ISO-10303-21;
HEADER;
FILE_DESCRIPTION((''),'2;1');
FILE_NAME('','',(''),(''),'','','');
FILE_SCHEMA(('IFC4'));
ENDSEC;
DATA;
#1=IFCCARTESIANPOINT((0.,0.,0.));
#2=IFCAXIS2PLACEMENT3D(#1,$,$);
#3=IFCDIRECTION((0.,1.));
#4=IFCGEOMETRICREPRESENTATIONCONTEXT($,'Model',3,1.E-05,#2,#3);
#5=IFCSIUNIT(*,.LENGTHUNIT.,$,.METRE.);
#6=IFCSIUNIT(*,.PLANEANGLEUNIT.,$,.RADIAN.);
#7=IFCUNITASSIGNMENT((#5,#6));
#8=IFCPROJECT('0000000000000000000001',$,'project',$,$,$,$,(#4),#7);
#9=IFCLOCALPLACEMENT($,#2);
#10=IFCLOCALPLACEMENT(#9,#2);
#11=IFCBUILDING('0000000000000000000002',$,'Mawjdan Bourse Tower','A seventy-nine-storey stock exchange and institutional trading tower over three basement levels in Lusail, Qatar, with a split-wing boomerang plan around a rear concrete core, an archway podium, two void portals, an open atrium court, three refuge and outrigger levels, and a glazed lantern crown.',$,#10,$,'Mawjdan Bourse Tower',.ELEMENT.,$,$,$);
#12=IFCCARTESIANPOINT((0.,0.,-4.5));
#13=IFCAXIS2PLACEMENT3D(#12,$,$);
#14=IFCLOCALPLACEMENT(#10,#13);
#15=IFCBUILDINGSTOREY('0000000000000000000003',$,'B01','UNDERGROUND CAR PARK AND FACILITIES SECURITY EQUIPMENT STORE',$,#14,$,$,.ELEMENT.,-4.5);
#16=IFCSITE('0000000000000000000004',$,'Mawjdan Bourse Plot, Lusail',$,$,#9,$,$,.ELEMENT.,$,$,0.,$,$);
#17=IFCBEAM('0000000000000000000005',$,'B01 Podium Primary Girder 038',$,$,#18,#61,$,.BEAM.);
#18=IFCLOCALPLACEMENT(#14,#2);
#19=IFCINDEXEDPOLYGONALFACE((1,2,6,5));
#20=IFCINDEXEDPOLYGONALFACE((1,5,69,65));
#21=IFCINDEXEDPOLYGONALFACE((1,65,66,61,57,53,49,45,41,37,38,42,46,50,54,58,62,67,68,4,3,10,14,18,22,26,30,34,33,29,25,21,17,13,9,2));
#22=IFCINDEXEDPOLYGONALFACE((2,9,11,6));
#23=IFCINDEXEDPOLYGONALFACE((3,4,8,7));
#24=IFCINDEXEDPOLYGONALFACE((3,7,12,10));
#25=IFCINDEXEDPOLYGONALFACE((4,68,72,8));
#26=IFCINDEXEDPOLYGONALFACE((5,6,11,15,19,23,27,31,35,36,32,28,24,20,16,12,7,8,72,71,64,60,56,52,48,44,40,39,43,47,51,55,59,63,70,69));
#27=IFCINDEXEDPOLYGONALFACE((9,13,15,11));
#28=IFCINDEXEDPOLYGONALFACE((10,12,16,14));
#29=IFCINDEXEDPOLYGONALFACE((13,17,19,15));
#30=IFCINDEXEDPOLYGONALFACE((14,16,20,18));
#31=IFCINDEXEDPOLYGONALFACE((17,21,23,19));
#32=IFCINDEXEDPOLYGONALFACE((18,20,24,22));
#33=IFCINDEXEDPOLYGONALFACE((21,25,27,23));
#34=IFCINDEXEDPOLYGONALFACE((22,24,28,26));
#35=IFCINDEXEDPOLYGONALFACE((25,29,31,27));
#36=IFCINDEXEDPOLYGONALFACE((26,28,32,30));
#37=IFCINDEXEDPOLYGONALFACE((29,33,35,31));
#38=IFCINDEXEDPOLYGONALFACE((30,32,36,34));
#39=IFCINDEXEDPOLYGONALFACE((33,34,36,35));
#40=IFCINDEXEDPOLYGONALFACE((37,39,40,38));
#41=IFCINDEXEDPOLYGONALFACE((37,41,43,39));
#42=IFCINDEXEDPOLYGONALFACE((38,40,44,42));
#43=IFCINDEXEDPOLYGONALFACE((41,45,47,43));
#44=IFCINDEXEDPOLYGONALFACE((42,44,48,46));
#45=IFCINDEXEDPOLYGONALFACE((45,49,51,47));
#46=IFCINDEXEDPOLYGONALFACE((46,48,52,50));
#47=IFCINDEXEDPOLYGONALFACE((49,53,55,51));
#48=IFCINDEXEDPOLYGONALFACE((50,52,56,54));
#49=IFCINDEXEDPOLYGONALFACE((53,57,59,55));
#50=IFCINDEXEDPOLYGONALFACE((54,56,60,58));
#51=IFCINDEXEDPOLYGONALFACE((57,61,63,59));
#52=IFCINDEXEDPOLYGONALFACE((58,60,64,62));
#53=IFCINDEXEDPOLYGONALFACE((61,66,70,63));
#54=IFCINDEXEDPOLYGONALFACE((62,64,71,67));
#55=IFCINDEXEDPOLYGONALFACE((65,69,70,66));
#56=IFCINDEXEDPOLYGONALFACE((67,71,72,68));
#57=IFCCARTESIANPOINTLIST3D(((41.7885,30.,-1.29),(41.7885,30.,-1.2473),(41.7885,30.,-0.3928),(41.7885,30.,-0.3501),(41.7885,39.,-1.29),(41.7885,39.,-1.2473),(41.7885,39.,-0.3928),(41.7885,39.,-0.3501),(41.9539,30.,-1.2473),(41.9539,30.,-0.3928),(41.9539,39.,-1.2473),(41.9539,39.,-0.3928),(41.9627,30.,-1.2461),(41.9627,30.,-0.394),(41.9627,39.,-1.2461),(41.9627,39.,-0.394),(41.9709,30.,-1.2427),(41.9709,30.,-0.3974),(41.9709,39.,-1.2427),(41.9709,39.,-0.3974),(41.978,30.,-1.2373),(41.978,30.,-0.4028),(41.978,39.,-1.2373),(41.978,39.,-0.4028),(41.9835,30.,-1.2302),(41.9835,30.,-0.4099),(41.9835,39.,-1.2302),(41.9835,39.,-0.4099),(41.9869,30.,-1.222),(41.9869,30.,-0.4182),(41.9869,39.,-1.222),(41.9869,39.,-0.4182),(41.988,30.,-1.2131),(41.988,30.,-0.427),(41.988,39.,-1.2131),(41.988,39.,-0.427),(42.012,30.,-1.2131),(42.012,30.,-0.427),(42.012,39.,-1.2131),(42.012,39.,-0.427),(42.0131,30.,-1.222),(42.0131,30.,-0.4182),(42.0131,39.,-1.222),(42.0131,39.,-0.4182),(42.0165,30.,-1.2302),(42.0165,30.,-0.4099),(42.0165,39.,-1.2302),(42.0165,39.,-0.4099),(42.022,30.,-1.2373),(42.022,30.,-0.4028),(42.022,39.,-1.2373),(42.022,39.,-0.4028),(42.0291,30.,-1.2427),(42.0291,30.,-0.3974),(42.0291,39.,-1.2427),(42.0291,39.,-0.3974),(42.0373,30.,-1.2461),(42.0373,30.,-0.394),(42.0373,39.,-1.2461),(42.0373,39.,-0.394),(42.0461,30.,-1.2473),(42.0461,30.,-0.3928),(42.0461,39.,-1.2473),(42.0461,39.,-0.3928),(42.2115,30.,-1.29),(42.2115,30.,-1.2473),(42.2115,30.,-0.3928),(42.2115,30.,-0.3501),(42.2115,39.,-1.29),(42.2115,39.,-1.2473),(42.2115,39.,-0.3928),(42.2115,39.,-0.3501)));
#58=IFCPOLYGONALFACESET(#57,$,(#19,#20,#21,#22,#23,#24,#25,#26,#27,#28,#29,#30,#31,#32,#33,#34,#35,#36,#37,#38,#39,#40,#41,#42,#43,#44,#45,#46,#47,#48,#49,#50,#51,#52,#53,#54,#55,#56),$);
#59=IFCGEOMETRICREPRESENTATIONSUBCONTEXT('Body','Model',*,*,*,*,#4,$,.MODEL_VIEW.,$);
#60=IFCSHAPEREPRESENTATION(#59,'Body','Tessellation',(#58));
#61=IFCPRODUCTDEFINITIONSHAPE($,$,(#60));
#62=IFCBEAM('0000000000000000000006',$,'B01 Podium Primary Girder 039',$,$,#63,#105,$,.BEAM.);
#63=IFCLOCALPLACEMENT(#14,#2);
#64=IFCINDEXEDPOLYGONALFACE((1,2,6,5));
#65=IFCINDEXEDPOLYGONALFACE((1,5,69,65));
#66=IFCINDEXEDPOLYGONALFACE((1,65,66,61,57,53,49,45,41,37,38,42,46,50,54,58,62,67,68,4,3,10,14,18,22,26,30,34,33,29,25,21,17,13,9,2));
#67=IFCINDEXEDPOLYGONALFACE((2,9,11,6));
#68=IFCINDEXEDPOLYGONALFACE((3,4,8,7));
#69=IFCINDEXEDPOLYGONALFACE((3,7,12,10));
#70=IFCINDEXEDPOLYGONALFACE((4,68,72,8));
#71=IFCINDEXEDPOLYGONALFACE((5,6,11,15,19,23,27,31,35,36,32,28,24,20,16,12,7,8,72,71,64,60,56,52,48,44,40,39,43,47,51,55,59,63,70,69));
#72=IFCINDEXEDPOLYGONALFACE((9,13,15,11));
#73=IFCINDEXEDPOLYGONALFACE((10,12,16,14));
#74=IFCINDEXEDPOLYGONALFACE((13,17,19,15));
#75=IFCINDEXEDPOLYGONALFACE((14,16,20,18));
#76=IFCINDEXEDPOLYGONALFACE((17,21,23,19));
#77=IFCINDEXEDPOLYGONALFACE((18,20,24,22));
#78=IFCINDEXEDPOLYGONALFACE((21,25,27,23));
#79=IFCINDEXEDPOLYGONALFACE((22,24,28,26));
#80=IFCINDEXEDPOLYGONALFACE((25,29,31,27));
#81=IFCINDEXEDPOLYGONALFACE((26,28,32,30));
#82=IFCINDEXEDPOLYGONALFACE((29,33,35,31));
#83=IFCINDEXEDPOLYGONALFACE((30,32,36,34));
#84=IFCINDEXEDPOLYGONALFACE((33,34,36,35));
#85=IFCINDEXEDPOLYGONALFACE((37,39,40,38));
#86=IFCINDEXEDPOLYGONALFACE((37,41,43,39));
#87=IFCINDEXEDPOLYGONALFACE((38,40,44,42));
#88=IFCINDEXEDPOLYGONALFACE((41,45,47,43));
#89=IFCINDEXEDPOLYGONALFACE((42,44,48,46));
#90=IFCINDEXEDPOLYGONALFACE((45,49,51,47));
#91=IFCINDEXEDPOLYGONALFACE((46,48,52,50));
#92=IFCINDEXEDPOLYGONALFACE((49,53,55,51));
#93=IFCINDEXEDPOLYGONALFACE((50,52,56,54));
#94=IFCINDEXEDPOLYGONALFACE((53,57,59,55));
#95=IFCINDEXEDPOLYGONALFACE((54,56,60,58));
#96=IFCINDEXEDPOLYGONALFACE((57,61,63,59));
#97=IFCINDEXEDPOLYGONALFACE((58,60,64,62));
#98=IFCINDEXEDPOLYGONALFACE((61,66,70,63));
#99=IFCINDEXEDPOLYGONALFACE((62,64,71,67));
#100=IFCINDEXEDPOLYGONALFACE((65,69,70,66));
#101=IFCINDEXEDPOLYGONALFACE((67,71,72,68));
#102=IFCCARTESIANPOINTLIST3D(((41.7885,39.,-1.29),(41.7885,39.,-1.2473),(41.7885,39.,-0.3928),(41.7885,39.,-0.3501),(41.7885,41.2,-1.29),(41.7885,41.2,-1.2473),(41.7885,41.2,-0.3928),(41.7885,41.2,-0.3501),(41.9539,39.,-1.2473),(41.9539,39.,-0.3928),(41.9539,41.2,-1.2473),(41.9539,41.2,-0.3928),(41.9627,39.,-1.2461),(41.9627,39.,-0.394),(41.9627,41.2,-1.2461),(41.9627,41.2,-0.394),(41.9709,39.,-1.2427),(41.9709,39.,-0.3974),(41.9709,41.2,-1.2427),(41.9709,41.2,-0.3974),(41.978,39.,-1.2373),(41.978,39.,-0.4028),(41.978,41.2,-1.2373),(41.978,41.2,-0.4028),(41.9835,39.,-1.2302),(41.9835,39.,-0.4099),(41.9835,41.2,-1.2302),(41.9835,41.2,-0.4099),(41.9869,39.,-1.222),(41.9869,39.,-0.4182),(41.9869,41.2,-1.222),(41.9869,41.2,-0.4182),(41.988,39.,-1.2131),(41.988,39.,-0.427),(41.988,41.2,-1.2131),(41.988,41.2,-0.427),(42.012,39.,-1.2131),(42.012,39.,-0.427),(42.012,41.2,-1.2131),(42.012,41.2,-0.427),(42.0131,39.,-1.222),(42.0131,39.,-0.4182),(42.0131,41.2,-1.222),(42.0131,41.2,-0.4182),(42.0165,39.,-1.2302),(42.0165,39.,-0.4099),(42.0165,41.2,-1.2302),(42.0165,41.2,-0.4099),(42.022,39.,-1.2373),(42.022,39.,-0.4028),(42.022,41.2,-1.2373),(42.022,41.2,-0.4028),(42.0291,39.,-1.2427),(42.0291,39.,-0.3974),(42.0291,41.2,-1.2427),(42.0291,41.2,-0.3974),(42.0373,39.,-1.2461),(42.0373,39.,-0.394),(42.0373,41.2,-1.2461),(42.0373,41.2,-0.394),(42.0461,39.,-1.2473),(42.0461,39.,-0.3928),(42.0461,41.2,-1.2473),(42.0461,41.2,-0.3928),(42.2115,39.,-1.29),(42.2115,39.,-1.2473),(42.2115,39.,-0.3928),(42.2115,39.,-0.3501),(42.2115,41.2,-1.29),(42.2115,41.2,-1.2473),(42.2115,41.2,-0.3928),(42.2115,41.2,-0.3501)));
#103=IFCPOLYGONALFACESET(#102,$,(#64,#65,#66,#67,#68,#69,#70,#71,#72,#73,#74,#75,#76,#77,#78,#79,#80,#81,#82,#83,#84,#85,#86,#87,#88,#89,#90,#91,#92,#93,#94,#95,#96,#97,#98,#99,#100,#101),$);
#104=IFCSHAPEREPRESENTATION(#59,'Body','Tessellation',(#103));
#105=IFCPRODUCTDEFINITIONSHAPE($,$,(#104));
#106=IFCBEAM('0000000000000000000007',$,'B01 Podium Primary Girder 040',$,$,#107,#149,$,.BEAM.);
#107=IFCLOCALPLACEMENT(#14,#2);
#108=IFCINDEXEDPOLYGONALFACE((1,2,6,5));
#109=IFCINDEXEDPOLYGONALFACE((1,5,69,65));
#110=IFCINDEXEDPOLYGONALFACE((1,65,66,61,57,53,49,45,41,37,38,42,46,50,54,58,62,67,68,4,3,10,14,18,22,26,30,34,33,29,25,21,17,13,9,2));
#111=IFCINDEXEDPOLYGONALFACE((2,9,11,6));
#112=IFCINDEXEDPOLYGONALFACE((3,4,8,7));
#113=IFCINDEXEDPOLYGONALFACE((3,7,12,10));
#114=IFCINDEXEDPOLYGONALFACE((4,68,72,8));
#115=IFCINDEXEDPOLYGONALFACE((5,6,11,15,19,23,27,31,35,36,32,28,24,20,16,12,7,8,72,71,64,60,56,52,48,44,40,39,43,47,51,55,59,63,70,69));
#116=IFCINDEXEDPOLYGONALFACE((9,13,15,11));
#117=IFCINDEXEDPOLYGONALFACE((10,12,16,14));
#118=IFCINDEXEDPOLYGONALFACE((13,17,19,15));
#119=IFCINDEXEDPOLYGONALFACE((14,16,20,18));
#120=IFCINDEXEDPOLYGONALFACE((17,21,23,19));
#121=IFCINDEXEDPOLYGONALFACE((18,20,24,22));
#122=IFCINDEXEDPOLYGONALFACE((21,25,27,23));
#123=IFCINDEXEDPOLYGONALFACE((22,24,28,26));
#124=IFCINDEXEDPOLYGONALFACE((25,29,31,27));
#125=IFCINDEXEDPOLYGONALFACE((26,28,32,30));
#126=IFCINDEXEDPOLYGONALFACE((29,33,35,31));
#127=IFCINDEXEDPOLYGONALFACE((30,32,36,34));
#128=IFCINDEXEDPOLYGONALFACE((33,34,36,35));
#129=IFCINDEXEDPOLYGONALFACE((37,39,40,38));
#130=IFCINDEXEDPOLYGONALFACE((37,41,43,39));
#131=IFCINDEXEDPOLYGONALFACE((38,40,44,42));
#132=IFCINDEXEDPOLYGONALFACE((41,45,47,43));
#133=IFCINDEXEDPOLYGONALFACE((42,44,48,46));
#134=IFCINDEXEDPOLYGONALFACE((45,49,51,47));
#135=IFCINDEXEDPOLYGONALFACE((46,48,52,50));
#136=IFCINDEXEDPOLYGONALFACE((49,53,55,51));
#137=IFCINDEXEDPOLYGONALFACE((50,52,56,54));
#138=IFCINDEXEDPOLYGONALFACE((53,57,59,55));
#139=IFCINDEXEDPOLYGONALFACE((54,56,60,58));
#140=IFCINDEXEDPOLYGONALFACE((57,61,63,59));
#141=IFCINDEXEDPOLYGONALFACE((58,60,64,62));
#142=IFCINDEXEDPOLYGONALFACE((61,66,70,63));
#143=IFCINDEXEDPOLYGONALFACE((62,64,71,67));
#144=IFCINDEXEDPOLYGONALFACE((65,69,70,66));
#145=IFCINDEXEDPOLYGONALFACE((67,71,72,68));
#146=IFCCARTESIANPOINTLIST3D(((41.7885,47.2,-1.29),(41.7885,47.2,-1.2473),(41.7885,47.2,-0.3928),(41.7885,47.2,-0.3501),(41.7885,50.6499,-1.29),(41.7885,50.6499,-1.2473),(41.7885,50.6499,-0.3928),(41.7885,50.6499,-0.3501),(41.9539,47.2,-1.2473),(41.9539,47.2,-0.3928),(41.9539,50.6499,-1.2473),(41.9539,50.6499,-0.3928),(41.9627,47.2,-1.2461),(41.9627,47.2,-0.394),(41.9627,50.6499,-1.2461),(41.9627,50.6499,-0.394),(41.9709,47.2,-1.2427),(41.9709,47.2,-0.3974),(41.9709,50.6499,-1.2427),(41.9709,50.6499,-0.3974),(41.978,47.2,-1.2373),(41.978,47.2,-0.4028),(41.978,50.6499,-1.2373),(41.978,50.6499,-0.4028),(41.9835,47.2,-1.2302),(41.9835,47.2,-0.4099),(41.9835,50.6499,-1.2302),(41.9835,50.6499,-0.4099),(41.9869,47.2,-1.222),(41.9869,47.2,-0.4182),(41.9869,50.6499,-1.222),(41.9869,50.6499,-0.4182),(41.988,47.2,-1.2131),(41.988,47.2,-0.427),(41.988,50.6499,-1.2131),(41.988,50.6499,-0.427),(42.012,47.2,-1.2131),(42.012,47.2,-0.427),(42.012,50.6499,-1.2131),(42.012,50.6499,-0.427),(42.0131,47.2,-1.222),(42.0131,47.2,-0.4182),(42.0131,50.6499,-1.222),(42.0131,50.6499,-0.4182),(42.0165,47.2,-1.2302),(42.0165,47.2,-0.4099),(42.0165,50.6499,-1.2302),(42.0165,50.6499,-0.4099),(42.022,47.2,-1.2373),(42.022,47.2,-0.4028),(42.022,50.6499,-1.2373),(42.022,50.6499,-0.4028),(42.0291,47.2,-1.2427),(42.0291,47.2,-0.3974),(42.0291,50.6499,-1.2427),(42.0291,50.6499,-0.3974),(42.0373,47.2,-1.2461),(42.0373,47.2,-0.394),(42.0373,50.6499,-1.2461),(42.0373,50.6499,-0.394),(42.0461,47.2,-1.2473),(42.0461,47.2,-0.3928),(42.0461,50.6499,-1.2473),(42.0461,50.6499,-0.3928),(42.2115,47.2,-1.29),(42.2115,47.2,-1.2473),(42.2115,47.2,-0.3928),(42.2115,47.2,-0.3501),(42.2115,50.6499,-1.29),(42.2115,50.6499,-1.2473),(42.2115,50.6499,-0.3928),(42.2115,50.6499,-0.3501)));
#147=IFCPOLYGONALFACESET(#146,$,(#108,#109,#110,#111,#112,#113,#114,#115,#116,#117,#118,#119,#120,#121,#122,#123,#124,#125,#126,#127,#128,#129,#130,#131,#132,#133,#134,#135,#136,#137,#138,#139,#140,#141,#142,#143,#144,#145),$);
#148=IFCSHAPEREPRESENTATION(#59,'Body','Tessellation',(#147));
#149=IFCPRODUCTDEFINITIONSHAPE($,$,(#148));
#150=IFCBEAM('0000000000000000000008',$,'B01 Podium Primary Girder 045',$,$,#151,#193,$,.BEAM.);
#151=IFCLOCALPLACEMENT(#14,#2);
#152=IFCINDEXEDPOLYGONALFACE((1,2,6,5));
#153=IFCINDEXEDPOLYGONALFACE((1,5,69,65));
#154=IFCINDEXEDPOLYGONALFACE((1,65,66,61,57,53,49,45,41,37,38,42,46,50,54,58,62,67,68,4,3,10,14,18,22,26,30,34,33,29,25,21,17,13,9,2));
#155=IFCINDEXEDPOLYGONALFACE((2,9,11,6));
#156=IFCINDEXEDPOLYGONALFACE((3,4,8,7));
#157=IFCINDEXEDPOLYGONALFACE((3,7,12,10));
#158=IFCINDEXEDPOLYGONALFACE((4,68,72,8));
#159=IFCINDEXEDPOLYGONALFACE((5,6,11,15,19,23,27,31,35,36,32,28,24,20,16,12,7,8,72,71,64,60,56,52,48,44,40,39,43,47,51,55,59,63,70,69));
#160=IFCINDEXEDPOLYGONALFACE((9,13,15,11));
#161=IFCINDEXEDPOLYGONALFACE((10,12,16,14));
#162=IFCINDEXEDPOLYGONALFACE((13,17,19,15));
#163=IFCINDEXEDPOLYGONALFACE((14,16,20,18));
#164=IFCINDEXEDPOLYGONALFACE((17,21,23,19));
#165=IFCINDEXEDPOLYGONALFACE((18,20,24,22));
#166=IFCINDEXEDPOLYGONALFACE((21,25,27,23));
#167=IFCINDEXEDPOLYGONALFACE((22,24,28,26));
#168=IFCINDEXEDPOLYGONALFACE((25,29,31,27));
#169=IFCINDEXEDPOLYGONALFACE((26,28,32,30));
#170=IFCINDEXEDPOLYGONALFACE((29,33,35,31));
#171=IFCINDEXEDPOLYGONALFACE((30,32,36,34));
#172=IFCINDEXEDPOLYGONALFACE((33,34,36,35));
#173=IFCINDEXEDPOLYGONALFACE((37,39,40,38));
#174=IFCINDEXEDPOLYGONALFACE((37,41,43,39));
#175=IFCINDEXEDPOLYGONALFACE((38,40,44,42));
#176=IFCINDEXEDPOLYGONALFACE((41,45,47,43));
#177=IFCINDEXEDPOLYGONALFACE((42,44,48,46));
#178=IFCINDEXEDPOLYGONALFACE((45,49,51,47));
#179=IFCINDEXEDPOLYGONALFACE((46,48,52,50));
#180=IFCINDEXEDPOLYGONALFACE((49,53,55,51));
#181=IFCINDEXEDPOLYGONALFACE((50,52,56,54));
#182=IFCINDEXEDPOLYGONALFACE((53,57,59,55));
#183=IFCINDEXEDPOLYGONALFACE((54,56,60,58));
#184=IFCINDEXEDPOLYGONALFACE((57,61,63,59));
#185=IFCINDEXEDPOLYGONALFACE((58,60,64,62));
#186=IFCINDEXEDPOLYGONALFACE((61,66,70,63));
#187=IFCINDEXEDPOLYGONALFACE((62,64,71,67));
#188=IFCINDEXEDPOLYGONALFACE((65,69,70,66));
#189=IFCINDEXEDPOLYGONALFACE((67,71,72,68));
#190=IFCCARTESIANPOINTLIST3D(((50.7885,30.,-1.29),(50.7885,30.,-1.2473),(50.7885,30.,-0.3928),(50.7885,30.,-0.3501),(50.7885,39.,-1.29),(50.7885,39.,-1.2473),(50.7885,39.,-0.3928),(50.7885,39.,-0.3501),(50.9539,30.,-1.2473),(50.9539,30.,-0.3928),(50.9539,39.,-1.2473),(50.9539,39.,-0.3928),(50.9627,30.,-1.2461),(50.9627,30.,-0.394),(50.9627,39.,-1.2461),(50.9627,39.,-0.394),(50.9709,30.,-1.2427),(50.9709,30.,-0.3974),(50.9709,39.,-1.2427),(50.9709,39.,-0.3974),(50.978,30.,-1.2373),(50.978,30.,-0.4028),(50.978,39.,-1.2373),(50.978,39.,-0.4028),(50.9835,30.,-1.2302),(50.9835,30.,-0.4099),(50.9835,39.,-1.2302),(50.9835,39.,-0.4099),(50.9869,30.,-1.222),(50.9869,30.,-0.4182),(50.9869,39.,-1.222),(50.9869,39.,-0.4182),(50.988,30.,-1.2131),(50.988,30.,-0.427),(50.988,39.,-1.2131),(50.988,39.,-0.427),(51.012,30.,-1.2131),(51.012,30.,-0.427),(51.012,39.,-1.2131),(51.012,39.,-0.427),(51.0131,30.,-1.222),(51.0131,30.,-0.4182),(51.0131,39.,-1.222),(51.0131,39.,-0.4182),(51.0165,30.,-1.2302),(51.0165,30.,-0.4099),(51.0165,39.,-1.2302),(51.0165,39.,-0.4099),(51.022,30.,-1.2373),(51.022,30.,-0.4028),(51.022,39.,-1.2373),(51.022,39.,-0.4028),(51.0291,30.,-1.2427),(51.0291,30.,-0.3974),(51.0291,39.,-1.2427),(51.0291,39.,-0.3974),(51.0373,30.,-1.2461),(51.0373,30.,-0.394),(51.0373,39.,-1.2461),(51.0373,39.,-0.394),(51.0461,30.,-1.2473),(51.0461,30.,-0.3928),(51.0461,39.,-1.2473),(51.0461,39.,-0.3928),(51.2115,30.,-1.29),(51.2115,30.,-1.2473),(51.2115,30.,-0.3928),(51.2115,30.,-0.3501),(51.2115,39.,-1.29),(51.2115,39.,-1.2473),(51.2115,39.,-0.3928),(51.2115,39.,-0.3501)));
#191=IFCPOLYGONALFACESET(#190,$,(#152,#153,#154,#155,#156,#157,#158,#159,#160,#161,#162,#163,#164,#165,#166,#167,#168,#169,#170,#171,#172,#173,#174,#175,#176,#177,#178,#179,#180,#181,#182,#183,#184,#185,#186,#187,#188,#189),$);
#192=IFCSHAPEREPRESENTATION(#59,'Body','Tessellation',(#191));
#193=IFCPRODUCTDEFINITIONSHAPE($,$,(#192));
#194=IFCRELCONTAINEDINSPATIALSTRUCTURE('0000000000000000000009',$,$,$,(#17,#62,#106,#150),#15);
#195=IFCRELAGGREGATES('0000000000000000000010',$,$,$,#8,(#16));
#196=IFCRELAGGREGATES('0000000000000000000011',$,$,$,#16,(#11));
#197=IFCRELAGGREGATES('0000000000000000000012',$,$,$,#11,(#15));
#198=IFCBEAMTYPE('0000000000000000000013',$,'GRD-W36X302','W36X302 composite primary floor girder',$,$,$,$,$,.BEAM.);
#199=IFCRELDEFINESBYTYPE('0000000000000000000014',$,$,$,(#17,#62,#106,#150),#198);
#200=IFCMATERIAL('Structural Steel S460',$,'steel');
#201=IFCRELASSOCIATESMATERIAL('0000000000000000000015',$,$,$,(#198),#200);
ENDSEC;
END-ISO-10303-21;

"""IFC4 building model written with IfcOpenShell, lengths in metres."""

from ifc_helpers import new_model, si_unit, direction, frame, origin, origin_2d, place, context, subcontext, project, spatial, i_section, extrude, material, material_profile, profile_set, type_object, element, save


model = new_model("IFC4")

# Units and contexts
model_context = context("Model", 3, precision=1e-05, world=origin(), true_north=direction((0.0, 1.0)))
body_context = subcontext(model_context, "Body", "Model", "MODEL_VIEW")
ifc_project = project(units=[si_unit("LENGTHUNIT", "METRE"), si_unit("PLANEANGLEUNIT", "RADIAN")], contexts=[model_context])

# Site, building, storey
site_placement = place(None, origin())
site = spatial("IfcSite", under=ifc_project, at=site_placement, Name="Mawjdan Bourse Plot, Lusail", CompositionType="ELEMENT", RefElevation=0.0)
building_placement = place(site_placement, origin())
building = spatial("IfcBuilding", under=site, at=building_placement, Name="Mawjdan Bourse Tower", Description="A seventy-nine-storey stock exchange and institutional trading tower over three basement levels in Lusail, Qatar, with a split-wing boomerang plan around a rear concrete core, an archway podium, two void portals, an open atrium court, three refuge and outrigger levels, and a glazed lantern crown.", LongName="Mawjdan Bourse Tower", CompositionType="ELEMENT")
storey_placement = place(building_placement, frame((0.0, 0.0, -4.5)))
storey = spatial("IfcBuildingStorey", under=building, at=storey_placement, Name="B01", Description="UNDERGROUND CAR PARK AND FACILITIES SECURITY EQUIPMENT STORE", CompositionType="ELEMENT", Elevation=-4.5)

# Beams
ifc_material_1 = material(Name="Structural Steel S460", Category="steel")
ifc_material_profile_1 = material_profile(ifc_material_1, i_section(OverallWidth=0.4231, OverallDepth=0.9399, WebThickness=0.0239, FlangeThickness=0.0427, FilletRadius=0.0342, at=origin_2d()), Name="W36X302")
ifc_profile_set_1 = profile_set([ifc_material_profile_1], Name="Structural Steel S460")
beam_type_1 = type_object("IfcBeamType", Name="GRD-W36X302", Description="W36X302 composite primary floor girder", PredefinedType="BEAM", material=ifc_profile_set_1)
beam_1_placement = place(storey_placement, frame((42.0, 30.0, -0.8201), z_axis=(0.0, 1.0, 0.0), x_axis=(-1.0, 0.0, 0.0)))
element("IfcBeam", 1, at=beam_1_placement, inside=storey, type_object=beam_type_1, Name="B01 Podium Primary Girder 038", PredefinedType="BEAM", context=body_context, shape_type="SweptSolid", body=[
    extrude(i_section(OverallWidth=0.4231, OverallDepth=0.9399, WebThickness=0.0239, FlangeThickness=0.0427, FilletRadius=0.0342, at=origin_2d()), origin(), (0.0, 0.0, 1.0), 9.0),
])
beam_2_placement = place(storey_placement, frame((42.0, 39.0, -0.8201), z_axis=(0.0, 1.0, 0.0), x_axis=(-1.0, 0.0, 0.0)))
element("IfcBeam", 2, at=beam_2_placement, inside=storey, type_object=beam_type_1, Name="B01 Podium Primary Girder 039", PredefinedType="BEAM", context=body_context, shape_type="SweptSolid", body=[
    extrude(i_section(OverallWidth=0.4231, OverallDepth=0.9399, WebThickness=0.0239, FlangeThickness=0.0427, FilletRadius=0.0342, at=origin_2d()), origin(), (0.0, 0.0, 1.0), 2.2),
])
beam_3_placement = place(storey_placement, frame((42.0, 47.2, -0.8201), z_axis=(0.0, 1.0, 0.0), x_axis=(-1.0, 0.0, 0.0)))
element("IfcBeam", 3, at=beam_3_placement, inside=storey, type_object=beam_type_1, Name="B01 Podium Primary Girder 040", PredefinedType="BEAM", context=body_context, shape_type="SweptSolid", body=[
    extrude(i_section(OverallWidth=0.4231, OverallDepth=0.9399, WebThickness=0.0239, FlangeThickness=0.0427, FilletRadius=0.0342, at=origin_2d()), origin(), (0.0, 0.0, 1.0), 3.45),
])
for number, where, z_axis, x_axis, name in (
    (4, (51.0, 30.0, -0.8201), (0.0, 1.0, 0.0), (-1.0, 0.0, 0.0), "B01 Podium Primary Girder 045"),
):
    element("IfcBeam", number, at=place(storey_placement, frame(where, z_axis=z_axis, x_axis=x_axis)), inside=storey, type_object=beam_type_1, Name=name, PredefinedType="BEAM", context=body_context, shape_type="SweptSolid", body=[
        extrude(i_section(OverallWidth=0.4231, OverallDepth=0.9399, WebThickness=0.0239, FlangeThickness=0.0427, FilletRadius=0.0342, at=origin_2d()), origin(), (0.0, 0.0, 1.0), 9.0),
    ])

save(model, "model.ifc")
